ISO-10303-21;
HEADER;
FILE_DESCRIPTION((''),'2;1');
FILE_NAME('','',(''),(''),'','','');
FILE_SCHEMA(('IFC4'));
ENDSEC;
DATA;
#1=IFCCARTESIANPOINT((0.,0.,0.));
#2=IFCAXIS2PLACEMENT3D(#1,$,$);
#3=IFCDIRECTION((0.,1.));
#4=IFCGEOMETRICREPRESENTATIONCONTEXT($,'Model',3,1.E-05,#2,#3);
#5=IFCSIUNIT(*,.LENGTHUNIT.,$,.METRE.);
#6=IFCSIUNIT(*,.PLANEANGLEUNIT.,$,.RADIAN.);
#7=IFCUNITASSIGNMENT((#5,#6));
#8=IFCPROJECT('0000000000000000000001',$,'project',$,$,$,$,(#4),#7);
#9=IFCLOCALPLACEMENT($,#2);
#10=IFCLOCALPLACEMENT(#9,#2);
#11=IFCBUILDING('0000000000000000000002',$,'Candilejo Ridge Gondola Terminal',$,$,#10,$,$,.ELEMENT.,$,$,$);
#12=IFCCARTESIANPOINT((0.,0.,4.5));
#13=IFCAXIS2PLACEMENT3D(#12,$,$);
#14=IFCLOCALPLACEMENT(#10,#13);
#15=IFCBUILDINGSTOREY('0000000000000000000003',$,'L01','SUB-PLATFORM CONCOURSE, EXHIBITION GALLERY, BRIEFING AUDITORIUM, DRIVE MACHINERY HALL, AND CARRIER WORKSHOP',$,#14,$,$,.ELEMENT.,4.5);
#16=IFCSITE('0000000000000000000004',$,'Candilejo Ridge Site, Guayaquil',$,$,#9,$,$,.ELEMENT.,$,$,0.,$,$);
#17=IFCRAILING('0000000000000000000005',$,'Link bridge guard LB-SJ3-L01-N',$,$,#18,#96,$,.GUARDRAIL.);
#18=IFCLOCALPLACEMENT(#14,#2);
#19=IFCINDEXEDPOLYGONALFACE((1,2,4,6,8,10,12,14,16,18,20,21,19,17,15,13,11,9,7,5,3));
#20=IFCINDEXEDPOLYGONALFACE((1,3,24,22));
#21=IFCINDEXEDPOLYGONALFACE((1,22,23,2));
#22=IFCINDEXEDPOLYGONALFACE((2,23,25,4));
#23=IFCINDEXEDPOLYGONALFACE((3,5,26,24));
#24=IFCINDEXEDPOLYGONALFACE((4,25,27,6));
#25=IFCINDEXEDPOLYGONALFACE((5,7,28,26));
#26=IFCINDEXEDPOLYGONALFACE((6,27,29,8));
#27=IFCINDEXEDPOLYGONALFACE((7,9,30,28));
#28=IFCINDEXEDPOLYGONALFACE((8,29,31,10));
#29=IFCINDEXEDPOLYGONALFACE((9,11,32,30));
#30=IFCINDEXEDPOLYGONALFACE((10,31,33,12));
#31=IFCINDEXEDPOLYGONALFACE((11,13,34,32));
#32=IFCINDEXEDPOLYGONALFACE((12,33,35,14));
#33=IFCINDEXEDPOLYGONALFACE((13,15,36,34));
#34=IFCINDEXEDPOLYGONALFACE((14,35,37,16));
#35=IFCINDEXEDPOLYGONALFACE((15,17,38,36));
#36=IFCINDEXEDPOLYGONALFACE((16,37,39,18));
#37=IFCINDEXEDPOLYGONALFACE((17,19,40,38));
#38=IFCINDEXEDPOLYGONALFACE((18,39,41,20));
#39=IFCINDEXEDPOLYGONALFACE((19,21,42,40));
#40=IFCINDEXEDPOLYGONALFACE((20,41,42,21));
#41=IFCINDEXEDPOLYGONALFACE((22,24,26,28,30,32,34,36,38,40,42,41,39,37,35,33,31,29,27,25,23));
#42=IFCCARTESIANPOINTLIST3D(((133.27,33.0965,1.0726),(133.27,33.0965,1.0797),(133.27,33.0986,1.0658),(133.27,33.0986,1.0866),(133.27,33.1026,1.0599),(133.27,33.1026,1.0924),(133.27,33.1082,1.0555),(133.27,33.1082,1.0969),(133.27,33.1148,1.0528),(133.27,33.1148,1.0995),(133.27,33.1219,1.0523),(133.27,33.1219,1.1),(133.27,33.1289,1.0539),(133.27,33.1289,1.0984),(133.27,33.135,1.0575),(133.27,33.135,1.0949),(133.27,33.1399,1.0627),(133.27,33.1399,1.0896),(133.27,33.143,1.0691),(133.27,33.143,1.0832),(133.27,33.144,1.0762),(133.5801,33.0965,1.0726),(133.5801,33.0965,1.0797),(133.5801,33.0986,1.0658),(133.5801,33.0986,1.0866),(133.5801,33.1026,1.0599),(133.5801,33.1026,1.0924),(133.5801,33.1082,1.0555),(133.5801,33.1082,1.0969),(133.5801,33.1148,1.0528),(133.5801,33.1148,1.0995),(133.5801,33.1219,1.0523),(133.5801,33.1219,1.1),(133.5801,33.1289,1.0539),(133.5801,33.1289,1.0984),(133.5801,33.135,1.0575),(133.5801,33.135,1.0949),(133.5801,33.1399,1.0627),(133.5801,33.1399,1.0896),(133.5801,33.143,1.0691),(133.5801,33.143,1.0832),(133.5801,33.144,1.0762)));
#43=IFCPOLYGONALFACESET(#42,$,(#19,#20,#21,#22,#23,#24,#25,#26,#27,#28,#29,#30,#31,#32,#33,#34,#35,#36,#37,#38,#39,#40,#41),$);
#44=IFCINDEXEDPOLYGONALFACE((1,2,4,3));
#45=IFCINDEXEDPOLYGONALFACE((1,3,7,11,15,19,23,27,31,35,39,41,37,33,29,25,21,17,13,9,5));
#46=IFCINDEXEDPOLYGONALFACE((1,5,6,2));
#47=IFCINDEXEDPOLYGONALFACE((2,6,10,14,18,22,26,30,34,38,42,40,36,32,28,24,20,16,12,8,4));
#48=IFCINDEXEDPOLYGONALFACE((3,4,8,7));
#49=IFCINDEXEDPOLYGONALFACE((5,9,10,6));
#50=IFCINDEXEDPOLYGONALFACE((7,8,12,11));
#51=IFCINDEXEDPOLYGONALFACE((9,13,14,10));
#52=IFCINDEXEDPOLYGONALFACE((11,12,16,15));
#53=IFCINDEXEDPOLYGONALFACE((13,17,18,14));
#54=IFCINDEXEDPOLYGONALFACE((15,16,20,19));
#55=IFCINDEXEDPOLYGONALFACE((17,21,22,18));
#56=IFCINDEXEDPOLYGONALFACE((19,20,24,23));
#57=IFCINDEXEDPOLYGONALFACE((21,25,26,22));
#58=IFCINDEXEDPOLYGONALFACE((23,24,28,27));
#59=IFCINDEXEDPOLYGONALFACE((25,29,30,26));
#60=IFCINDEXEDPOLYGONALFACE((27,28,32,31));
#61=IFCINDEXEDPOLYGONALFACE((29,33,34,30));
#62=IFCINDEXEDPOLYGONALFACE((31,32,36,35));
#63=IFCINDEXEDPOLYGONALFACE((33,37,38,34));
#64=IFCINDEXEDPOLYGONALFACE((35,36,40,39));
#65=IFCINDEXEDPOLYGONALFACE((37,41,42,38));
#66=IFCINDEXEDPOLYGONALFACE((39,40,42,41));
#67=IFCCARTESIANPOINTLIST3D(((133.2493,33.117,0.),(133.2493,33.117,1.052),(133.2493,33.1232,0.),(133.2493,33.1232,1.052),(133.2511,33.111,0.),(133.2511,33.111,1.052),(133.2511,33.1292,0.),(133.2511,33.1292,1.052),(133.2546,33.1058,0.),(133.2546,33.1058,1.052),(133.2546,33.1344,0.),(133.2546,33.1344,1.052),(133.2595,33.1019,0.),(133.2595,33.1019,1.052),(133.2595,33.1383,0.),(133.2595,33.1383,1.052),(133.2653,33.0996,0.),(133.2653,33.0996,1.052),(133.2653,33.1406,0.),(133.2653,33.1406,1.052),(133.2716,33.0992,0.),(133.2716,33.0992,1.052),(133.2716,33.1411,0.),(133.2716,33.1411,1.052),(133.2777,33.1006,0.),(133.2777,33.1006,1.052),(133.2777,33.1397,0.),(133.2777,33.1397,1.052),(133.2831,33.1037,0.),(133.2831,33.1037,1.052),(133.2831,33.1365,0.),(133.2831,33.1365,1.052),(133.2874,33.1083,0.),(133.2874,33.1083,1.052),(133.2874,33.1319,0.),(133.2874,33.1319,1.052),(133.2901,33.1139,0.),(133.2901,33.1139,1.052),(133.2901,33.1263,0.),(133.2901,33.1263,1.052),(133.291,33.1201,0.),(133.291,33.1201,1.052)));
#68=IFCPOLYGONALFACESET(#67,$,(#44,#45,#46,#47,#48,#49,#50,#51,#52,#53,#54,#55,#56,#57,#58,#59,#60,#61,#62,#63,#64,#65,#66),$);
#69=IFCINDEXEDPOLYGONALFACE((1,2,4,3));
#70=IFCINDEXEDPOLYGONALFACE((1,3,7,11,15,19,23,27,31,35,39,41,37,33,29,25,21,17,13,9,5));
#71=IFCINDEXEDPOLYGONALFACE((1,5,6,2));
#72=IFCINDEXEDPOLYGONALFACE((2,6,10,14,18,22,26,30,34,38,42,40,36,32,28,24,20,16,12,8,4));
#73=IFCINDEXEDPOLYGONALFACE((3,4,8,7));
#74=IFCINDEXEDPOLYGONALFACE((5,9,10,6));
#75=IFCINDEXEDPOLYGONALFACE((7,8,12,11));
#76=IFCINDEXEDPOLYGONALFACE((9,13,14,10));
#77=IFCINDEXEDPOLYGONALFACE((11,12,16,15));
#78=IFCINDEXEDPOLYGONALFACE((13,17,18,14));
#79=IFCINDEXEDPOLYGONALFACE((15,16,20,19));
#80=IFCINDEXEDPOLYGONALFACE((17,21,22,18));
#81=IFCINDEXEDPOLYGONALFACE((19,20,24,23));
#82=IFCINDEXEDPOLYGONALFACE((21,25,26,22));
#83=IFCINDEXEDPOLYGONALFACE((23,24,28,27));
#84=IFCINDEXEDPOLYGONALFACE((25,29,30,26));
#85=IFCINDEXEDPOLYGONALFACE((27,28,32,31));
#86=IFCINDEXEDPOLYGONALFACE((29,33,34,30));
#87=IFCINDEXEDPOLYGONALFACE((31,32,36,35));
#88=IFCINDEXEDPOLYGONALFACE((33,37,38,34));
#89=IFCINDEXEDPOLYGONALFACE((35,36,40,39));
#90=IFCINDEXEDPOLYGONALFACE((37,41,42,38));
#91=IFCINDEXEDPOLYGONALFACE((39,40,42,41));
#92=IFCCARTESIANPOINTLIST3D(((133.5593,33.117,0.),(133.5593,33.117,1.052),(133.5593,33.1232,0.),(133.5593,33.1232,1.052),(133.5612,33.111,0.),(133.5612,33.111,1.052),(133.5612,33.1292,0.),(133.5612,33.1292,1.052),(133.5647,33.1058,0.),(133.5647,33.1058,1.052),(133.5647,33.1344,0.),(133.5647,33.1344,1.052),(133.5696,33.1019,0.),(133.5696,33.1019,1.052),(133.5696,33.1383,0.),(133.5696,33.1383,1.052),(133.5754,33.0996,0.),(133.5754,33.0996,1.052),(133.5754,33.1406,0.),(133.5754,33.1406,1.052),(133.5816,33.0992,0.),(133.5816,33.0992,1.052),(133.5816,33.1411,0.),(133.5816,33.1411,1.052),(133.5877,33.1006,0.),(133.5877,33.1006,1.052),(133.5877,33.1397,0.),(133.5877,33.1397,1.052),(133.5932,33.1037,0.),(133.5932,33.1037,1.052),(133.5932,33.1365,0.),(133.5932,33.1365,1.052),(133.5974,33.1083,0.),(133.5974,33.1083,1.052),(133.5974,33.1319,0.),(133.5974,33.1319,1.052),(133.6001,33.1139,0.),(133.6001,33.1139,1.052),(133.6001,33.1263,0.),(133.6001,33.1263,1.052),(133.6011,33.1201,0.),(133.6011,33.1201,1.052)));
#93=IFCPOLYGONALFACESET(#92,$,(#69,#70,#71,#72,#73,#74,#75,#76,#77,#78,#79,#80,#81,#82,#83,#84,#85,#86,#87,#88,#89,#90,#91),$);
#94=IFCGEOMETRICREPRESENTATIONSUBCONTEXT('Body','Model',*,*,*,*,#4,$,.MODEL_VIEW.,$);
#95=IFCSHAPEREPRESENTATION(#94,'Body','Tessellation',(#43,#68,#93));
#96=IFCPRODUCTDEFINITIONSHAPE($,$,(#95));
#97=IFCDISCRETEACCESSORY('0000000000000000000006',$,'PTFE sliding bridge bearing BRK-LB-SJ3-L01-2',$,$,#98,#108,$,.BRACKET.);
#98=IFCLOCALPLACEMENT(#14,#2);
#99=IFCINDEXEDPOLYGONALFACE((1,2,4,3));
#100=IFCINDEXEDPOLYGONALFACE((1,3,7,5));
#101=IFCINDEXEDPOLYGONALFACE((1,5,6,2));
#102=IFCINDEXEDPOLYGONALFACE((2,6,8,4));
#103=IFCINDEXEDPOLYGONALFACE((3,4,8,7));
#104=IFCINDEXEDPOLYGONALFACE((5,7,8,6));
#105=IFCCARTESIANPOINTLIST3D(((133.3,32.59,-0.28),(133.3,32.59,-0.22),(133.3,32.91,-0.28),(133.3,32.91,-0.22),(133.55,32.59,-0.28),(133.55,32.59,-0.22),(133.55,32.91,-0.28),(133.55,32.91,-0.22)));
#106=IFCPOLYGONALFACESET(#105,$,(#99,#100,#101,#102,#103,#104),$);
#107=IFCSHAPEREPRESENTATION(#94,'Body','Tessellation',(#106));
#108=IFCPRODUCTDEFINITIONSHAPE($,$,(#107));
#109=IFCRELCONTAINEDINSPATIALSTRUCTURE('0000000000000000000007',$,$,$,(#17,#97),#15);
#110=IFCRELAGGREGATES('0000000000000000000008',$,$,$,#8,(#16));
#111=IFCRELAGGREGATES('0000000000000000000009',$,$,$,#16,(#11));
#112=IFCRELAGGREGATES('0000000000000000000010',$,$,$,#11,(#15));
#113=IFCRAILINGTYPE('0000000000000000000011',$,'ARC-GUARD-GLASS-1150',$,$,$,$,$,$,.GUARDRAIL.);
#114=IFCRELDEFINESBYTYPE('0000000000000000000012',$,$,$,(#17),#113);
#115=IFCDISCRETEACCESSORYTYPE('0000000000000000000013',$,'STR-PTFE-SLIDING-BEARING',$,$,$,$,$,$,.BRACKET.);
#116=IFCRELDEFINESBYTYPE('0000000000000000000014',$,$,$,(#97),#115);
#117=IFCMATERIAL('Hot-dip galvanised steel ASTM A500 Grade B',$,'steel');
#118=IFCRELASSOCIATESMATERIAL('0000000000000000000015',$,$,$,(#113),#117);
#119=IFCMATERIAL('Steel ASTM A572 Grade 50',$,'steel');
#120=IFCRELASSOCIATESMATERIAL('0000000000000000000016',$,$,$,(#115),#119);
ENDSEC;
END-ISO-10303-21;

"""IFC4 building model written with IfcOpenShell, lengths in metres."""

from ifc_helpers import new_model, si_unit, direction, frame, origin, origin_2d, place, context, subcontext, project, spatial, rectangle, circle, extrude, material, type_object, element, save


model = new_model("IFC4")

# Units and contexts
model_context = context("Model", 3, precision=1e-05, world=origin(), true_north=direction((0.0, 1.0)))
body_context = subcontext(model_context, "Body", "Model", "MODEL_VIEW")
ifc_project = project(units=[si_unit("LENGTHUNIT", "METRE"), si_unit("PLANEANGLEUNIT", "RADIAN")], contexts=[model_context])

# Site, building, storey
site_placement = place(None, origin())
site = spatial("IfcSite", under=ifc_project, at=site_placement, Name="Candilejo Ridge Site, Guayaquil", CompositionType="ELEMENT", RefElevation=0.0)
building_placement = place(site_placement, origin())
building = spatial("IfcBuilding", under=site, at=building_placement, Name="Candilejo Ridge Gondola Terminal", CompositionType="ELEMENT")
storey_placement = place(building_placement, frame((0.0, 0.0, 4.5)))
storey = spatial("IfcBuildingStorey", under=building, at=storey_placement, Name="L01", Description="SUB-PLATFORM CONCOURSE, EXHIBITION GALLERY, BRIEFING AUDITORIUM, DRIVE MACHINERY HALL, AND CARRIER WORKSHOP", CompositionType="ELEMENT", Elevation=4.5)

# Railing
ifc_material_1 = material(Name="Hot-dip galvanised steel ASTM A500 Grade B", Category="steel")
railing_type = type_object("IfcRailingType", Name="ARC-GUARD-GLASS-1150", PredefinedType="GUARDRAIL", material=ifc_material_1)
railing_placement = place(storey_placement, frame((133.27, 33.1201, 0.0)))
element("IfcRailing", 1, at=railing_placement, inside=storey, type_object=railing_type, Name="Link bridge guard LB-SJ3-L01-N", PredefinedType="GUARDRAIL", context=body_context, shape_type="SweptSolid", body=[
    extrude(circle(Radius=0.0239, at=origin_2d()), frame((0.0, 0.0, 1.0762), z_axis=(1.0, 0.0, 0.0), x_axis=(0.0, 1.0, 0.0)), (0.0, 0.0, 1.0), 0.3101),
    extrude(circle(Radius=0.021, at=origin_2d()), origin(), (0.0, 0.0, 1.0), 1.052),
    extrude(circle(Radius=0.021, at=origin_2d()), frame((0.3101, 0.0, 0.0)), (0.0, 0.0, 1.0), 1.052),
])

# Discrete accessory
ifc_material_2 = material(Name="Steel ASTM A572 Grade 50", Category="steel")
discrete_accessory_type = type_object("IfcDiscreteAccessoryType", Name="STR-PTFE-SLIDING-BEARING", PredefinedType="BRACKET", material=ifc_material_2)
discrete_accessory_placement = place(storey_placement, frame((133.425, 32.75, -0.28)))
element("IfcDiscreteAccessory", 2, at=discrete_accessory_placement, inside=storey, type_object=discrete_accessory_type, Name="PTFE sliding bridge bearing BRK-LB-SJ3-L01-2", PredefinedType="BRACKET", context=body_context, shape_type="SweptSolid", body=[
    extrude(rectangle(XDim=0.25, YDim=0.3201, at=origin_2d()), origin(), (0.0, 0.0, 1.0), 0.0601),
])

save(model, "model.ifc")
